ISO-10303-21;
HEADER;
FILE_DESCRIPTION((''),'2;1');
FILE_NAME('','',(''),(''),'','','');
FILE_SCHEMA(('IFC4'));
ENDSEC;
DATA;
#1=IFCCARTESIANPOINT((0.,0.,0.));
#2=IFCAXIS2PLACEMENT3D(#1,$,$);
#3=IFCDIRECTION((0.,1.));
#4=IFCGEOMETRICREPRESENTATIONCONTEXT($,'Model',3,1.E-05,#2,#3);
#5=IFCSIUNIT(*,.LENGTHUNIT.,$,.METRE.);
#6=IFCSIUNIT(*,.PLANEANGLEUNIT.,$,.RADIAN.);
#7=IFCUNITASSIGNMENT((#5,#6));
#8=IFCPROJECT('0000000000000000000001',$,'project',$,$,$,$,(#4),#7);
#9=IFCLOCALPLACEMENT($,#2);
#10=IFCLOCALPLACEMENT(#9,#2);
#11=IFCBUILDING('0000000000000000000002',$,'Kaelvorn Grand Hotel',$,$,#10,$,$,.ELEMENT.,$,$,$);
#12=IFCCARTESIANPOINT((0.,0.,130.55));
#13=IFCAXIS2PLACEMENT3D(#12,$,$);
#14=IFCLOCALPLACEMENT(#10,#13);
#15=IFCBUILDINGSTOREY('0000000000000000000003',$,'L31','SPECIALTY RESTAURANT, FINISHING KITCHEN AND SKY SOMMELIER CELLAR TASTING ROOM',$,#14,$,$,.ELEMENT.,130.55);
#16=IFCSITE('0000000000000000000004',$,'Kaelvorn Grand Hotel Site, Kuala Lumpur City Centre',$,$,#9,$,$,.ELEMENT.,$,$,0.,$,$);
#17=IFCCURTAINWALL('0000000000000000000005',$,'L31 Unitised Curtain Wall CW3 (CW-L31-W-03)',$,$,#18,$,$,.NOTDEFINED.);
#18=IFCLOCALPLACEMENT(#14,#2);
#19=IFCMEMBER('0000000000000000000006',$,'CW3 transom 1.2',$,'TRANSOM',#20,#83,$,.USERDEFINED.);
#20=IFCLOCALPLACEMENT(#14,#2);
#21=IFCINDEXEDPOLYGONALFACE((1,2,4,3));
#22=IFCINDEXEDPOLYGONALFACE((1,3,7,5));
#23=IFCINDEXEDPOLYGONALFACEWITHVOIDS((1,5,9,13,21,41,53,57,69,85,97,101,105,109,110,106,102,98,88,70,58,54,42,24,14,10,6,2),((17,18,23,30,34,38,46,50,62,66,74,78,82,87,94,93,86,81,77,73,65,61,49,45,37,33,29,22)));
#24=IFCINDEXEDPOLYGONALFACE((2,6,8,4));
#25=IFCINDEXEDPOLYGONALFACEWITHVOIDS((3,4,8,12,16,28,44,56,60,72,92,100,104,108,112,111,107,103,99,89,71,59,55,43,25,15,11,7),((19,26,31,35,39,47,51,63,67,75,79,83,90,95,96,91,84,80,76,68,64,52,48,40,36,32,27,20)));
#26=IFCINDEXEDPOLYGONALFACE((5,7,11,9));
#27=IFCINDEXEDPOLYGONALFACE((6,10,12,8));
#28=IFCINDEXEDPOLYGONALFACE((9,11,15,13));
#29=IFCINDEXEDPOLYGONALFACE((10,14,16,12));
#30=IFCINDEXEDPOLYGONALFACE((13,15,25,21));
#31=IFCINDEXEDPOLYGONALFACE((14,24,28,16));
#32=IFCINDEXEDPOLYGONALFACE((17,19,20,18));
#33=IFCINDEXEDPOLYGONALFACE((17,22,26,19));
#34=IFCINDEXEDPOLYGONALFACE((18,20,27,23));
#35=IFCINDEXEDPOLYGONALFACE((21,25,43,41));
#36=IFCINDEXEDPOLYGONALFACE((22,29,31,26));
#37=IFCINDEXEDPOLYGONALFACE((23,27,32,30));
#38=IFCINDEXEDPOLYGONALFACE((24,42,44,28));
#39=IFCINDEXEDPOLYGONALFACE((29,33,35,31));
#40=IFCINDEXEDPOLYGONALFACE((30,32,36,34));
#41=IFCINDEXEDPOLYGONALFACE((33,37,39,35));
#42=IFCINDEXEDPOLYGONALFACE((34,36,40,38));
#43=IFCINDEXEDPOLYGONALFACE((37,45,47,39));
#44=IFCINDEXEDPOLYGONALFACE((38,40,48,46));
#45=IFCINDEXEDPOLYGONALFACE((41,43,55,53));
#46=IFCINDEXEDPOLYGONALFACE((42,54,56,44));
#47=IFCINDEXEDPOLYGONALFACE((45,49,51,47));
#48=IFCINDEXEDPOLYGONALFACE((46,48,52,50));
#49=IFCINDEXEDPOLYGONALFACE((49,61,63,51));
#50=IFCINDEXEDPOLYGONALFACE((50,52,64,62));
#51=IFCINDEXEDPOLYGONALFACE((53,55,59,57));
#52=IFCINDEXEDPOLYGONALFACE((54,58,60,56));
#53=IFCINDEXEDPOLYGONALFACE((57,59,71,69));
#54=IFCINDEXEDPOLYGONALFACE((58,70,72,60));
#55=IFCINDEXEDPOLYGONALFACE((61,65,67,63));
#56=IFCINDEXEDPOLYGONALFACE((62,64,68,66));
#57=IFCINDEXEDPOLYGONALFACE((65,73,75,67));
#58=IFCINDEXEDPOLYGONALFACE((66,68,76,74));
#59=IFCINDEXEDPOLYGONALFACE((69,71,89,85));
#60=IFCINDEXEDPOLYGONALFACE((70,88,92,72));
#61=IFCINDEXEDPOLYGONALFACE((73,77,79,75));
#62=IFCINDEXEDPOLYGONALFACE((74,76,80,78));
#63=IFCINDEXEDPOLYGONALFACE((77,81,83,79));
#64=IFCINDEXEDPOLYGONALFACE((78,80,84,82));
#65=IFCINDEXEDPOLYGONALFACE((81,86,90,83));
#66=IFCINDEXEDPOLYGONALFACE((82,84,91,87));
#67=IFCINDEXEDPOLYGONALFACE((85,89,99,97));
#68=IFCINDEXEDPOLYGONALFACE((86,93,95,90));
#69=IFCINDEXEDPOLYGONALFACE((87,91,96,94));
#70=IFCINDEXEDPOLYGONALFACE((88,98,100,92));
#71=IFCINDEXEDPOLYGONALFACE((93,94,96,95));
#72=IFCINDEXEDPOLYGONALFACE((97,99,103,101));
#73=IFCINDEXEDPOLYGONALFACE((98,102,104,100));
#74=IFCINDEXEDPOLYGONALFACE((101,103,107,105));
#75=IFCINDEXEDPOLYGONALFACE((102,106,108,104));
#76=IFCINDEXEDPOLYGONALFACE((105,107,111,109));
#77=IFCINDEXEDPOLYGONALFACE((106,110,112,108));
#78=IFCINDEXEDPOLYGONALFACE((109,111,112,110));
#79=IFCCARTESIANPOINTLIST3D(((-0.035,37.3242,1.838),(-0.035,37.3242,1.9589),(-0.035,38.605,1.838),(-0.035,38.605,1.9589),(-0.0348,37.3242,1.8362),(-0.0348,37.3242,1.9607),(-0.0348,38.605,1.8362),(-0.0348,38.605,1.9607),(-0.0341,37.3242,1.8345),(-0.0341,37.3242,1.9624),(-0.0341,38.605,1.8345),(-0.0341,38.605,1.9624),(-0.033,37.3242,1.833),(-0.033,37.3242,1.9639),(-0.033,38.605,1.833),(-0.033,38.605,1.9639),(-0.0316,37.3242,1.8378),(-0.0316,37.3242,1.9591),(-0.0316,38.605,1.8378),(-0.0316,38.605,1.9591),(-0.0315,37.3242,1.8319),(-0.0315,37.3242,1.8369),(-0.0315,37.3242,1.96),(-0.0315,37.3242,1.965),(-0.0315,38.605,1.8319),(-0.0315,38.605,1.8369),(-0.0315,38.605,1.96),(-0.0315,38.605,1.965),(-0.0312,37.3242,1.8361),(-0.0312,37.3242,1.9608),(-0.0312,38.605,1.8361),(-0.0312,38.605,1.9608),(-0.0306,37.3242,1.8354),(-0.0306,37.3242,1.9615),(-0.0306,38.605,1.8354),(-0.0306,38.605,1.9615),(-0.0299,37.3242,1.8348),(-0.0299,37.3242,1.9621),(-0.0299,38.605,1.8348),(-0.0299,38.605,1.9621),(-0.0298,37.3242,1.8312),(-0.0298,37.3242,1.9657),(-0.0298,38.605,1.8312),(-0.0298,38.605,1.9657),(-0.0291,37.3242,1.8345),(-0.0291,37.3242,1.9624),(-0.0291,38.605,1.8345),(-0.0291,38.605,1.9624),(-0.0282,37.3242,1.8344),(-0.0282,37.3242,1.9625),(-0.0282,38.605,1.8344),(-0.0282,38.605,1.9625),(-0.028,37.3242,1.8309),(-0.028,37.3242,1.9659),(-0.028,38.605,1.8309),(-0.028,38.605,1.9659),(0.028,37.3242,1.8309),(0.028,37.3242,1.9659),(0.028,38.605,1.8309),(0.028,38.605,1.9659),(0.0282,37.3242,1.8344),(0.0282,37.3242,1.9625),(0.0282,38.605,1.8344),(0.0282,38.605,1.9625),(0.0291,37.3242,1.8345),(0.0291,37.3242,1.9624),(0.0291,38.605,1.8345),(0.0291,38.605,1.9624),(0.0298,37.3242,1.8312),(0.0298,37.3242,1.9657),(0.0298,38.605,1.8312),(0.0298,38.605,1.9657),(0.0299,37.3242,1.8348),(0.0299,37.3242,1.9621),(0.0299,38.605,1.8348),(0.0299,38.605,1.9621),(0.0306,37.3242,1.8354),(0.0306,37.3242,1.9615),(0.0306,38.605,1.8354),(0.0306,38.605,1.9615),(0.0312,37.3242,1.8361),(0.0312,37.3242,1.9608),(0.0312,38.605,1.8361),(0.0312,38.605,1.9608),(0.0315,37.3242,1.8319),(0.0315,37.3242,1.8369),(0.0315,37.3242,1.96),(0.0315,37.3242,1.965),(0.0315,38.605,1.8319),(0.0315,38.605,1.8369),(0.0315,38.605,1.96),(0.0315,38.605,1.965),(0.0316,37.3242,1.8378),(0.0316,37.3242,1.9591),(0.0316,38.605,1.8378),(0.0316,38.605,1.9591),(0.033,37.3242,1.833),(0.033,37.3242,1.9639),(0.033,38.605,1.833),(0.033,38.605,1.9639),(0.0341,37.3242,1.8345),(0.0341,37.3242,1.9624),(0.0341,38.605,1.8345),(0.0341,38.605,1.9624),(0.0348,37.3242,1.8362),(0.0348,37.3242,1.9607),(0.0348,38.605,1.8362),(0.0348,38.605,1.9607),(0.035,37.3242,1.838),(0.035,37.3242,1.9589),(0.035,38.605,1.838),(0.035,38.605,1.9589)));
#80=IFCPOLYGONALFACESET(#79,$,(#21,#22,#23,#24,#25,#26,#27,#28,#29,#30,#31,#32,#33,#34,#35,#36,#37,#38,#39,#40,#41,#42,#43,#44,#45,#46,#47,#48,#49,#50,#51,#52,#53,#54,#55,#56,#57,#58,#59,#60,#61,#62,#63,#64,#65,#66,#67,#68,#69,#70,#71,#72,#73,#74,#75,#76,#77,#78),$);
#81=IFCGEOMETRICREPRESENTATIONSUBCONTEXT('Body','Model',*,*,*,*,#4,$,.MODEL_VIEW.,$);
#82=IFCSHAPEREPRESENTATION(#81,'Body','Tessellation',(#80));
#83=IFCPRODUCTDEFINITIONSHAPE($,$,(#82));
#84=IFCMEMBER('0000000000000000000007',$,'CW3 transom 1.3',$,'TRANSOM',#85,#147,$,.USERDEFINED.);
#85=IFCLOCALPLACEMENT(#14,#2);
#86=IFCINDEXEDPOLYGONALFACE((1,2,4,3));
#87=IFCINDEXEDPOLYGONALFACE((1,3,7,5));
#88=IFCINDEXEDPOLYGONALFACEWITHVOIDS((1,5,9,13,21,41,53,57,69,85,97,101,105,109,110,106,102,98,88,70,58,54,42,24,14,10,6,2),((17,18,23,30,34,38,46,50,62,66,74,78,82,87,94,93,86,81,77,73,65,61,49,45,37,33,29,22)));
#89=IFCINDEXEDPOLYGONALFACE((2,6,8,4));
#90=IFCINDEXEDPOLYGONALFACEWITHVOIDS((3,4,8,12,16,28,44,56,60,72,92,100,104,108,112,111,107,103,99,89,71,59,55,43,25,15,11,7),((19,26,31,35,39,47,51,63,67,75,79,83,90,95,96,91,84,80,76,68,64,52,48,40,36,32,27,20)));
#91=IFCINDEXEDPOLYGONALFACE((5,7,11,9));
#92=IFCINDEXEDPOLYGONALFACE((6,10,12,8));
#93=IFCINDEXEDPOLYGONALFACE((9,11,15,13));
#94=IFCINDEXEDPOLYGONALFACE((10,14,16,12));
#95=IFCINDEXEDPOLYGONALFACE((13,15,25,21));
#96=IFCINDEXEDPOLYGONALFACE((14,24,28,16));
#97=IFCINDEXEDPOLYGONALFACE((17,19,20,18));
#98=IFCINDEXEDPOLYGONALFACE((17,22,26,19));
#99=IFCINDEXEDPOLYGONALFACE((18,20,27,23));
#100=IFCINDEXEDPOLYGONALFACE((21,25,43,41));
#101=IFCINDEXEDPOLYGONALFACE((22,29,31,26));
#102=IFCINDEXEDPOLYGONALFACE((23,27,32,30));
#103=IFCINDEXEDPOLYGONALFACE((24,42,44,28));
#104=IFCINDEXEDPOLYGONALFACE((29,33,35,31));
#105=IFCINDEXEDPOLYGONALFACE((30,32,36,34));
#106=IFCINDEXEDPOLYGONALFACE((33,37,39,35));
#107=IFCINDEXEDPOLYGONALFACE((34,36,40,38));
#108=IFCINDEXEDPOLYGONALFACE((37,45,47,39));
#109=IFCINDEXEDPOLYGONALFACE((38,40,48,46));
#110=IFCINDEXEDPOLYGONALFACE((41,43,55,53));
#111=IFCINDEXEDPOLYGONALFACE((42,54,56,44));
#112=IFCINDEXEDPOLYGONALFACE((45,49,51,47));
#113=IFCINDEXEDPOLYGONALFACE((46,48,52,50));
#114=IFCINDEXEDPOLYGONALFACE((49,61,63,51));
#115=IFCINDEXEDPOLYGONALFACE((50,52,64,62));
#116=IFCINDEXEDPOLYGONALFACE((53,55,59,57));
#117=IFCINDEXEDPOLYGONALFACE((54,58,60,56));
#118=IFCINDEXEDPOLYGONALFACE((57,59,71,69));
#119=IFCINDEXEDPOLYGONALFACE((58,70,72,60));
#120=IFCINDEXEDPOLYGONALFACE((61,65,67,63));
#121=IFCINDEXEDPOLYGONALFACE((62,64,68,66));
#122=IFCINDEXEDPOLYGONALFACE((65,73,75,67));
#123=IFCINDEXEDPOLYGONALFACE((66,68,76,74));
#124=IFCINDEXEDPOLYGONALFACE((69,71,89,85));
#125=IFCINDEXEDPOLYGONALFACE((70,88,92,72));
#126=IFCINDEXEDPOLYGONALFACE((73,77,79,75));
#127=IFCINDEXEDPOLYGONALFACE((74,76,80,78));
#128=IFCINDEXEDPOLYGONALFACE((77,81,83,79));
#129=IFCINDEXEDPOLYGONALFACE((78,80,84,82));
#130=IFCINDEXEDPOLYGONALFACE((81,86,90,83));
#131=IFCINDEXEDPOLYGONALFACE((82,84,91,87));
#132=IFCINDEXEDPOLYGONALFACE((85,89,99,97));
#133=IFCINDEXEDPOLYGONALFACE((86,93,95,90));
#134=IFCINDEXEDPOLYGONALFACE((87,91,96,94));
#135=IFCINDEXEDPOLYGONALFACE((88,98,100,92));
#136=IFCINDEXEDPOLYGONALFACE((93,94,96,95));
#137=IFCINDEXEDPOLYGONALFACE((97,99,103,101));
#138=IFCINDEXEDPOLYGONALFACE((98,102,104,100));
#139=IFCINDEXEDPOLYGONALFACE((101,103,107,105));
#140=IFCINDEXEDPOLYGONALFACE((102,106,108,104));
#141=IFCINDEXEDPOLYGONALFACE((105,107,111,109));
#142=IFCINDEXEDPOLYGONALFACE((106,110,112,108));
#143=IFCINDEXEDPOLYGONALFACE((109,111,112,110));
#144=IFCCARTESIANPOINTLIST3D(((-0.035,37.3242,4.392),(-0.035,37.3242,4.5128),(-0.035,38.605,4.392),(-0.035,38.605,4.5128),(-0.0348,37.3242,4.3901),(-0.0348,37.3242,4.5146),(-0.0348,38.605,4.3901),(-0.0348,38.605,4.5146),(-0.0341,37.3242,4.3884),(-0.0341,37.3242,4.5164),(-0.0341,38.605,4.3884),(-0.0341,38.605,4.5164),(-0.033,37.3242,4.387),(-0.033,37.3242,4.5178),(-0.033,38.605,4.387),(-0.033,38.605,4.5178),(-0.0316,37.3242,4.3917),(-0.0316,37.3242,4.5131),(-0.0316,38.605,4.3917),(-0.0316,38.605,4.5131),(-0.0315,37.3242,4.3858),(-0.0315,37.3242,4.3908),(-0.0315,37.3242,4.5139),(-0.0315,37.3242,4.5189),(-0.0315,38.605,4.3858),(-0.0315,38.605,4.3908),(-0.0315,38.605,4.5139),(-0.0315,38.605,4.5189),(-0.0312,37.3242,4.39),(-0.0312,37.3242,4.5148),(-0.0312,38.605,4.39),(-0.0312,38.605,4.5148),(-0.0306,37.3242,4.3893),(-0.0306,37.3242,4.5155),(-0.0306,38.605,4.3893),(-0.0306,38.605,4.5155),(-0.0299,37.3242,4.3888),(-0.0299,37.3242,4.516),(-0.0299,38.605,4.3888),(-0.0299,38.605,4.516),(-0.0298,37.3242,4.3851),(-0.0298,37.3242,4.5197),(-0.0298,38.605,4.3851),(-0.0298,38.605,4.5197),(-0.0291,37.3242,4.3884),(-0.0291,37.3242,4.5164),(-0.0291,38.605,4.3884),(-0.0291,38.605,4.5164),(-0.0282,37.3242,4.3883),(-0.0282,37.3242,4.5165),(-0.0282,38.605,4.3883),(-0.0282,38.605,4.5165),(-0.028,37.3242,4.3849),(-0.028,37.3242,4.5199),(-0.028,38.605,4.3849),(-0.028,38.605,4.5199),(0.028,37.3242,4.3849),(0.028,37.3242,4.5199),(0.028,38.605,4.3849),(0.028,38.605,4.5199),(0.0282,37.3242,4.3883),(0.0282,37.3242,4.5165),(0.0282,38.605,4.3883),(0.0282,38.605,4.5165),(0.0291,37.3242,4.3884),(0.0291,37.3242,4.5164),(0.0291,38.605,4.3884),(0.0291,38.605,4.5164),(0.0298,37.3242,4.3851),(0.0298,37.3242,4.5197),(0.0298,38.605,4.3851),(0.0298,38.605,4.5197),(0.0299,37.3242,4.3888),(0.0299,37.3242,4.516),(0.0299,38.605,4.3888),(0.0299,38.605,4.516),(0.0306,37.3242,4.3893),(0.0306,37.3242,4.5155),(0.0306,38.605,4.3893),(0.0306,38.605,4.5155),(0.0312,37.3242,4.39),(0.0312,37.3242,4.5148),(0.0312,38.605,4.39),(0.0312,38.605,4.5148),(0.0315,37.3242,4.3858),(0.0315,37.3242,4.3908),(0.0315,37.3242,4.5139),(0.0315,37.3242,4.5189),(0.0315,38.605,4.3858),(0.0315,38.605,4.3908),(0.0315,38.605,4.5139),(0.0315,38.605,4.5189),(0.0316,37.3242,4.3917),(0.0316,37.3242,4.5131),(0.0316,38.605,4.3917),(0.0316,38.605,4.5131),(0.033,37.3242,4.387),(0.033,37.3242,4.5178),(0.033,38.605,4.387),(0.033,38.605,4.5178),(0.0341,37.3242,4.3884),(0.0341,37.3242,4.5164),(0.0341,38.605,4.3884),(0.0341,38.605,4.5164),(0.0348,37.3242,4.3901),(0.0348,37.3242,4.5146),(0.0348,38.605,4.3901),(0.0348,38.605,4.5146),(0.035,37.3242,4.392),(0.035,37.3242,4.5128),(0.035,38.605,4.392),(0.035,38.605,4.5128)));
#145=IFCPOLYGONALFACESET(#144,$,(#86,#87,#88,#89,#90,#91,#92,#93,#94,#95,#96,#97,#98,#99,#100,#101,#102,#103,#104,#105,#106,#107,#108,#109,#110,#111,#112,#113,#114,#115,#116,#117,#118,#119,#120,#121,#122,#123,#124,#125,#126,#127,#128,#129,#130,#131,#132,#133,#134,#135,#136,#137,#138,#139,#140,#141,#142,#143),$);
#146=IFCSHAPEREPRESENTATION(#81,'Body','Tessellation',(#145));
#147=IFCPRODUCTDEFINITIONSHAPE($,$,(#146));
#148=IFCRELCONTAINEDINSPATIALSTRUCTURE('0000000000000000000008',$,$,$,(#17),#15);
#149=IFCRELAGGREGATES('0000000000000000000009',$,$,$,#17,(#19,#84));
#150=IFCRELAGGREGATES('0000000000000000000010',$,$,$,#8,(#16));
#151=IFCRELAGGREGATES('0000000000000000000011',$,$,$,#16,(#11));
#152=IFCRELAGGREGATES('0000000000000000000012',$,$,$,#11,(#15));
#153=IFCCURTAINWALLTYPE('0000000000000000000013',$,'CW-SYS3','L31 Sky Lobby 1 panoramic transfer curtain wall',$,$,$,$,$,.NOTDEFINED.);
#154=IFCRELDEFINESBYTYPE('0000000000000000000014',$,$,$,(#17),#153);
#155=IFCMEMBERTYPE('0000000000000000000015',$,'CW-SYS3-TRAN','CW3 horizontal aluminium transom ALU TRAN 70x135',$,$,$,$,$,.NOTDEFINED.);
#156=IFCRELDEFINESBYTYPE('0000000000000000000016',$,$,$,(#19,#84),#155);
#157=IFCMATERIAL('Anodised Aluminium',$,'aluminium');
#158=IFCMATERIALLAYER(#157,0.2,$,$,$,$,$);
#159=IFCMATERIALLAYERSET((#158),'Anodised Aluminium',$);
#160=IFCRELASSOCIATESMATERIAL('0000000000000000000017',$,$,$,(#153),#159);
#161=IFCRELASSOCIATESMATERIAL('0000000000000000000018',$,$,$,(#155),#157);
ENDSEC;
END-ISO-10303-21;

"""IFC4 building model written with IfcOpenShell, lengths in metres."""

from ifc_helpers import new_model, si_unit, direction, frame, origin, origin_2d, place, context, subcontext, project, spatial, hollow_rectangle, extrude, material, layer, layer_set, material_profile, profile_set, type_object, element, aggregate, save


model = new_model("IFC4")

# Units and contexts
model_context = context("Model", 3, precision=1e-05, world=origin(), true_north=direction((0.0, 1.0)))
body_context = subcontext(model_context, "Body", "Model", "MODEL_VIEW")
ifc_project = project(units=[si_unit("LENGTHUNIT", "METRE"), si_unit("PLANEANGLEUNIT", "RADIAN")], contexts=[model_context])

# Site, building, storey
site_placement = place(None, origin())
site = spatial("IfcSite", under=ifc_project, at=site_placement, Name="Kaelvorn Grand Hotel Site, Kuala Lumpur City Centre", CompositionType="ELEMENT", RefElevation=0.0)
building_placement = place(site_placement, origin())
building = spatial("IfcBuilding", under=site, at=building_placement, Name="Kaelvorn Grand Hotel", CompositionType="ELEMENT")
storey_placement = place(building_placement, frame((0.0, 0.0, 130.55)))
storey = spatial("IfcBuildingStorey", under=building, at=storey_placement, Name="L31", Description="SPECIALTY RESTAURANT, FINISHING KITCHEN AND SKY SOMMELIER CELLAR TASTING ROOM", CompositionType="ELEMENT", Elevation=130.55)

# Shared definitions
ifc_material_1 = material(Name="Anodised Aluminium", Category="aluminium")
ifc_layer_1 = layer(ifc_material_1, 0.2)
ifc_layer_set_1 = layer_set([ifc_layer_1], Name="Anodised Aluminium")
curtain_wall_type = type_object("IfcCurtainWallType", Name="CW-SYS3", Description="L31 Sky Lobby 1 panoramic transfer curtain wall", PredefinedType="NOTDEFINED", material=ifc_layer_set_1)

# Curtain wall
curtain_wall_1_placement = place(storey_placement, origin())
curtain_wall_1 = element("IfcCurtainWall", 1, at=curtain_wall_1_placement, inside=storey, type_object=curtain_wall_type, Name="L31 Unitised Curtain Wall CW3 (CW-L31-W-03)", PredefinedType="NOTDEFINED")

# Members
ifc_material_profile_1 = material_profile(ifc_material_1, hollow_rectangle(XDim=0.0701, YDim=0.135, WallThickness=0.0034, InnerFilletRadius=0.0034, OuterFilletRadius=0.0071, at=origin_2d()), Name="ALU TRAN 70x135")
ifc_profile_set_1 = profile_set([ifc_material_profile_1], Name="Anodised Aluminium")
member_type_1 = type_object("IfcMemberType", Name="CW-SYS3-TRAN", Description="CW3 horizontal aluminium transom ALU TRAN 70x135", PredefinedType="NOTDEFINED", material=ifc_profile_set_1)
member_1_placement = place(storey_placement, frame((0.0, 38.605, 1.8984), z_axis=(0.0, -1.0, 0.0), x_axis=(1.0, 0.0, 0.0)))
member_1 = element("IfcMember", 2, at=member_1_placement, type_object=member_type_1, Name="CW3 transom 1.2", ObjectType="TRANSOM", PredefinedType="USERDEFINED", context=body_context, shape_type="SweptSolid", body=[
    extrude(hollow_rectangle(XDim=0.0701, YDim=0.135, WallThickness=0.0034, InnerFilletRadius=0.0034, OuterFilletRadius=0.0071, at=origin_2d()), origin(), (0.0, 0.0, 1.0), 1.2808),
])
member_2_placement = place(storey_placement, frame((0.0, 38.605, 4.4524), z_axis=(0.0, -1.0, 0.0), x_axis=(1.0, 0.0, 0.0)))
member_2 = element("IfcMember", 3, at=member_2_placement, type_object=member_type_1, Name="CW3 transom 1.3", ObjectType="TRANSOM", PredefinedType="USERDEFINED", context=body_context, shape_type="SweptSolid", body=[
    extrude(hollow_rectangle(XDim=0.0701, YDim=0.135, WallThickness=0.0034, InnerFilletRadius=0.0034, OuterFilletRadius=0.0071, at=origin_2d()), origin(), (0.0, 0.0, 1.0), 1.2808),
])

aggregate(curtain_wall_1, [member_1, member_2])

save(model, "model.ifc")
